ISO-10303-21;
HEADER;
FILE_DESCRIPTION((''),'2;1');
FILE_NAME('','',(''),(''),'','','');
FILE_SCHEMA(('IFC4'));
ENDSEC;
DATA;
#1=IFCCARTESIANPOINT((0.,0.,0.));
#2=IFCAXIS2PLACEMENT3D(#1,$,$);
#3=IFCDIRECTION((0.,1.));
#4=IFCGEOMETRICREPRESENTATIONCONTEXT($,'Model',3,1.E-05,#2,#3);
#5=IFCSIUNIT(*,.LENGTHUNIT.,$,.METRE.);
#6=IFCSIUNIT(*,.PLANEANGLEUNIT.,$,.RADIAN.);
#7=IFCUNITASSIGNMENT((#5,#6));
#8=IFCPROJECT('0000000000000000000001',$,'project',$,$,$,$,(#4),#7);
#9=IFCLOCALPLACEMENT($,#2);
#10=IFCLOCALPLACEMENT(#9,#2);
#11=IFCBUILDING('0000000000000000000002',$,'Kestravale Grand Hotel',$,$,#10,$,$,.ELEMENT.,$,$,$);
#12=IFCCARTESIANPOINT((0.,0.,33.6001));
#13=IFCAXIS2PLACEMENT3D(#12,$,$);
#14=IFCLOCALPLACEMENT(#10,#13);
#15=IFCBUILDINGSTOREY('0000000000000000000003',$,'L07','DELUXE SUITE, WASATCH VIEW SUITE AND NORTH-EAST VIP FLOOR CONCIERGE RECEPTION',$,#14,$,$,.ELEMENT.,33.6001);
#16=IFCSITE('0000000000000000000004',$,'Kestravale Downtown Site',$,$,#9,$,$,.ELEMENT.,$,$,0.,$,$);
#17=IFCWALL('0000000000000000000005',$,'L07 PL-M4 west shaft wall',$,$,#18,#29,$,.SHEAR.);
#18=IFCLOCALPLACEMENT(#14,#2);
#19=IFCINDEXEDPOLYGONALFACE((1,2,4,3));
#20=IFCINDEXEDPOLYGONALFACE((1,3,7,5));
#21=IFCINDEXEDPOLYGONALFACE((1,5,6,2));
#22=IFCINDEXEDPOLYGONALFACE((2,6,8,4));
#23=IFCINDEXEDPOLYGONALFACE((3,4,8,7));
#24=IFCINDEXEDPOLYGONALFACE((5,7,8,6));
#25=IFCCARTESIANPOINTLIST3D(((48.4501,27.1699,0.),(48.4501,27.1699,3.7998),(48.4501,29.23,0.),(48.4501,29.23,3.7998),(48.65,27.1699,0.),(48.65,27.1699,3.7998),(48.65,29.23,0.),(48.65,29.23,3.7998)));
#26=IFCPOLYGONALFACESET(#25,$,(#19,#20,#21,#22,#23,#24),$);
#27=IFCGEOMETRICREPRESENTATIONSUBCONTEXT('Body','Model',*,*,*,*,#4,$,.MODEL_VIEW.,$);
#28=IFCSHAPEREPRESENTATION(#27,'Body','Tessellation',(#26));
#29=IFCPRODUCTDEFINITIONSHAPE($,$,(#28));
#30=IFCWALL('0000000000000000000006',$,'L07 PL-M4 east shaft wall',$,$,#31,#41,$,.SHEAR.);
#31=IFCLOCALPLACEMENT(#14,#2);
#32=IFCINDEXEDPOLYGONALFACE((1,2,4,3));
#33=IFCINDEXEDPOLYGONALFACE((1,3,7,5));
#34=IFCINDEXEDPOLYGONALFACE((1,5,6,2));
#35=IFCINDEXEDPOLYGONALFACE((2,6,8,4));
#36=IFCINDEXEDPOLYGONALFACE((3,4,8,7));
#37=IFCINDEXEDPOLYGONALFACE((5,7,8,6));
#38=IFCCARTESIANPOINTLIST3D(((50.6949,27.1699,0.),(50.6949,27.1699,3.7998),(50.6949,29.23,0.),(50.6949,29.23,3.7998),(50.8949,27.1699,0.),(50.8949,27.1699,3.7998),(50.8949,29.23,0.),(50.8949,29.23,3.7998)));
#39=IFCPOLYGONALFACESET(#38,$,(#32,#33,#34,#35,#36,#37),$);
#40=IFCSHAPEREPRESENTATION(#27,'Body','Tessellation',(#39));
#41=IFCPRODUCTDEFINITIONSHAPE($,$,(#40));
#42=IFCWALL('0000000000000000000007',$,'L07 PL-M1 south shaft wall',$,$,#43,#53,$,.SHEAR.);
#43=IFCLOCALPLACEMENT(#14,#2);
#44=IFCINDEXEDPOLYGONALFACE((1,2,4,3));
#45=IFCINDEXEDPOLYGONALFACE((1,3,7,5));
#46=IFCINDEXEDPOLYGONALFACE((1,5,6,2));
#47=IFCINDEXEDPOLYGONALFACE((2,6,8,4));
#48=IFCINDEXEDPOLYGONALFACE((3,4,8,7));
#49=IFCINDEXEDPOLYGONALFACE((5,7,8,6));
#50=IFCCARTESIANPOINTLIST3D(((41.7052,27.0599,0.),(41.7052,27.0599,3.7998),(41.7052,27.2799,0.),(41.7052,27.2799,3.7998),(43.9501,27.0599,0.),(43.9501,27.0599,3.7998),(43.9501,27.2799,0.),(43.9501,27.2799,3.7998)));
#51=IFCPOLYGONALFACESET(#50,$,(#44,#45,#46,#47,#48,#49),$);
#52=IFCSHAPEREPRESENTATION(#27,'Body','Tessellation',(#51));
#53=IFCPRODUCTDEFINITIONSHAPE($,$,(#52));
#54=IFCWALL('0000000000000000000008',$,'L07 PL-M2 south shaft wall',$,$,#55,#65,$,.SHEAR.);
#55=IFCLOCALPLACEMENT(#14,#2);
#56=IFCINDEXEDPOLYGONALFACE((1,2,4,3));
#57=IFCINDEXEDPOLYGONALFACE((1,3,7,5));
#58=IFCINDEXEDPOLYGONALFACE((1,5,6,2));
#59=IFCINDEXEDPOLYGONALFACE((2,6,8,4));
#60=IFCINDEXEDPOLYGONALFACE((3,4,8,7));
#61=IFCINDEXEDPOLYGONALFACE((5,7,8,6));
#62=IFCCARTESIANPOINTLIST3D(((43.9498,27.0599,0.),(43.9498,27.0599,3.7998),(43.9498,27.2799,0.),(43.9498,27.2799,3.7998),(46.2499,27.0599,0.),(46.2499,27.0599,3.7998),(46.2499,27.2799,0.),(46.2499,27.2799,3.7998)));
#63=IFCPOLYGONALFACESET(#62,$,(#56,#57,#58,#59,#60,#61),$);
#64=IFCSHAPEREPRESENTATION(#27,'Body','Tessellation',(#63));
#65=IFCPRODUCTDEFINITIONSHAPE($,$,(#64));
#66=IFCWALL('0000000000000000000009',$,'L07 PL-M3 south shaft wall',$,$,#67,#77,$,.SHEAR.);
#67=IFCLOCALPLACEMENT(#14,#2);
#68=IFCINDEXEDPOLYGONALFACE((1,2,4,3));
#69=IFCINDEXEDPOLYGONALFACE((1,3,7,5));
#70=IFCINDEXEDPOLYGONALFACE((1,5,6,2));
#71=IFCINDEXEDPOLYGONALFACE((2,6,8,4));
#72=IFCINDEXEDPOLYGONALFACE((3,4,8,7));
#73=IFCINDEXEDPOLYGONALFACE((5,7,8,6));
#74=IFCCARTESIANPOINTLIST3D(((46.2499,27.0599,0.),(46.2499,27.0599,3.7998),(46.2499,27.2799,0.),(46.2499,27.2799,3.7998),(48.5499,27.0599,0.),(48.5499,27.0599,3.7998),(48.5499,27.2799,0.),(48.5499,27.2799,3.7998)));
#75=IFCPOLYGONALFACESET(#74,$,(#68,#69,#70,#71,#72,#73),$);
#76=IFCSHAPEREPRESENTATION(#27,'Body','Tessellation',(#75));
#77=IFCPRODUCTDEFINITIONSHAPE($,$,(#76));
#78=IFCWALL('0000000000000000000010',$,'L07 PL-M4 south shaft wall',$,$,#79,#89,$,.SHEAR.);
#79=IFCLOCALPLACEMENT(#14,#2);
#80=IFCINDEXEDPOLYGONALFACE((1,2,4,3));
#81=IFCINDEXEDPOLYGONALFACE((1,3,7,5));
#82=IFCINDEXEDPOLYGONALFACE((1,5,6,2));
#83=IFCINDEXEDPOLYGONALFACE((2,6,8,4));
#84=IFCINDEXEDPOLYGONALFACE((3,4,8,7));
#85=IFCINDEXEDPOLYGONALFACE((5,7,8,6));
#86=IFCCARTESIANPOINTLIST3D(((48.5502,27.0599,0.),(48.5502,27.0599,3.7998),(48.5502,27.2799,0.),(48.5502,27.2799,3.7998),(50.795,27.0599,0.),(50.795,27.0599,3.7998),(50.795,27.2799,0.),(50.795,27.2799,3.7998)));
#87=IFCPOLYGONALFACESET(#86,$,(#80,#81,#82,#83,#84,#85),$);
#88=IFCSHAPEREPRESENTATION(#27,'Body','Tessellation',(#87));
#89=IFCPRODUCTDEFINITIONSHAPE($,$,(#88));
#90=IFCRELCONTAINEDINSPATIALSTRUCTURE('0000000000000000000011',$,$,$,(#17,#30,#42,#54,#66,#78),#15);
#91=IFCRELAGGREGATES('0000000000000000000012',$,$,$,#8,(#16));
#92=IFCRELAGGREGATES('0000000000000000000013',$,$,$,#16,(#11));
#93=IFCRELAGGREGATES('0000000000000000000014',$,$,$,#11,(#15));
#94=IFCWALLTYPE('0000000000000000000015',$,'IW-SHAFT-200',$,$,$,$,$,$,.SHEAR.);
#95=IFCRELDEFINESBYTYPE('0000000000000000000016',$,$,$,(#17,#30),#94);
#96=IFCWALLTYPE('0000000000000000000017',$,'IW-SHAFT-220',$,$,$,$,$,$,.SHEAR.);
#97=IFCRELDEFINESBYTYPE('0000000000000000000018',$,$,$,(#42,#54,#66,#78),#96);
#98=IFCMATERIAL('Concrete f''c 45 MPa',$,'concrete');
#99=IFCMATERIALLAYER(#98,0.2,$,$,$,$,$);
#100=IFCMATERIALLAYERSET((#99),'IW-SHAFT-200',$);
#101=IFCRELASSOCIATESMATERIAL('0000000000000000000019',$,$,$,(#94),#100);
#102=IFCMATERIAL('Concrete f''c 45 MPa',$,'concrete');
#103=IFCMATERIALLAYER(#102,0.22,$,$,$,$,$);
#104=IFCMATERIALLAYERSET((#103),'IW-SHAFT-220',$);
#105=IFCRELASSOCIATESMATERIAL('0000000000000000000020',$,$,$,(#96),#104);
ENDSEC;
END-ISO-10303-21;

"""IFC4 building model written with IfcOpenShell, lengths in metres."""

from ifc_helpers import new_model, si_unit, direction, frame, frame_2d, origin, place, context, subcontext, project, spatial, rectangle, extrude, material, layer, layer_set, type_object, element, save


model = new_model("IFC4")

# Units and contexts
model_context = context("Model", 3, precision=1e-05, world=origin(), true_north=direction((0.0, 1.0)))
body_context = subcontext(model_context, "Body", "Model", "MODEL_VIEW")
ifc_project = project(units=[si_unit("LENGTHUNIT", "METRE"), si_unit("PLANEANGLEUNIT", "RADIAN")], contexts=[model_context])

# Site, building, storey
site_placement = place(None, origin())
site = spatial("IfcSite", under=ifc_project, at=site_placement, Name="Kestravale Downtown Site", CompositionType="ELEMENT", RefElevation=0.0)
building_placement = place(site_placement, origin())
building = spatial("IfcBuilding", under=site, at=building_placement, Name="Kestravale Grand Hotel", CompositionType="ELEMENT")
storey_placement = place(building_placement, frame((0.0, 0.0, 33.6001)))
storey = spatial("IfcBuildingStorey", under=building, at=storey_placement, Name="L07", Description="DELUXE SUITE, WASATCH VIEW SUITE AND NORTH-EAST VIP FLOOR CONCIERGE RECEPTION", CompositionType="ELEMENT", Elevation=33.6001)

# Walls
ifc_material_1 = material(Name="Concrete f'c 45 MPa", Category="concrete")
ifc_layer_1 = layer(ifc_material_1, 0.2)
ifc_layer_set_1 = layer_set([ifc_layer_1], Name="IW-SHAFT-200")
wall_type_1 = type_object("IfcWallType", Name="IW-SHAFT-200", PredefinedType="SHEAR", material=ifc_layer_set_1)
for number, where, z_axis, x_axis, name in (
    (1, (48.55, 27.1699, 0.0), (0.0, 0.0, 1.0), (0.0, 1.0, 0.0), "L07 PL-M4 west shaft wall"),
    (2, (50.7949, 27.1699, 0.0), (0.0, 0.0, 1.0), (0.0, 1.0, 0.0), "L07 PL-M4 east shaft wall"),
):
    element("IfcWall", number, at=place(storey_placement, frame(where, z_axis=z_axis, x_axis=x_axis)), inside=storey, type_object=wall_type_1, Name=name, PredefinedType="SHEAR", context=body_context, shape_type="SweptSolid", body=[
        extrude(rectangle(XDim=2.0601, YDim=0.2, at=frame_2d((1.03, 0.0))), origin(), (0.0, 0.0, 1.0), 3.7998),
    ])
ifc_material_2 = material(Name="Concrete f'c 45 MPa", Category="concrete")
ifc_layer_2 = layer(ifc_material_2, 0.22)
ifc_layer_set_2 = layer_set([ifc_layer_2], Name="IW-SHAFT-220")
wall_type_2 = type_object("IfcWallType", Name="IW-SHAFT-220", PredefinedType="SHEAR", material=ifc_layer_set_2)
wall_1_placement = place(storey_placement, frame((41.7051, 27.1699, 0.0), z_axis=(0.0, 0.0, 1.0), x_axis=(1.0, 0.0, 0.0)))
element("IfcWall", 3, at=wall_1_placement, inside=storey, type_object=wall_type_2, Name="L07 PL-M1 south shaft wall", PredefinedType="SHEAR", context=body_context, shape_type="SweptSolid", body=[
    extrude(rectangle(XDim=2.2449, YDim=0.22, at=frame_2d((1.1226, 0.0))), origin(), (0.0, 0.0, 1.0), 3.7998),
])
for number, where, z_axis, x_axis, name in (
    (4, (43.95, 27.1699, 0.0), (0.0, 0.0, 1.0), (1.0, 0.0, 0.0), "L07 PL-M2 south shaft wall"),
    (5, (46.25, 27.1699, 0.0), (0.0, 0.0, 1.0), (1.0, 0.0, 0.0), "L07 PL-M3 south shaft wall"),
):
    element("IfcWall", number, at=place(storey_placement, frame(where, z_axis=z_axis, x_axis=x_axis)), inside=storey, type_object=wall_type_2, Name=name, PredefinedType="SHEAR", context=body_context, shape_type="SweptSolid", body=[
        extrude(rectangle(XDim=2.3, YDim=0.22, at=frame_2d((1.1499, 0.0))), origin(), (0.0, 0.0, 1.0), 3.7998),
    ])
wall_2_placement = place(storey_placement, frame((48.55, 27.1699, 0.0), z_axis=(0.0, 0.0, 1.0), x_axis=(1.0, 0.0, 0.0)))
element("IfcWall", 6, at=wall_2_placement, inside=storey, type_object=wall_type_2, Name="L07 PL-M4 south shaft wall", PredefinedType="SHEAR", context=body_context, shape_type="SweptSolid", body=[
    extrude(rectangle(XDim=2.2449, YDim=0.22, at=frame_2d((1.1226, 0.0))), origin(), (0.0, 0.0, 1.0), 3.7998),
])

save(model, "model.ifc")
